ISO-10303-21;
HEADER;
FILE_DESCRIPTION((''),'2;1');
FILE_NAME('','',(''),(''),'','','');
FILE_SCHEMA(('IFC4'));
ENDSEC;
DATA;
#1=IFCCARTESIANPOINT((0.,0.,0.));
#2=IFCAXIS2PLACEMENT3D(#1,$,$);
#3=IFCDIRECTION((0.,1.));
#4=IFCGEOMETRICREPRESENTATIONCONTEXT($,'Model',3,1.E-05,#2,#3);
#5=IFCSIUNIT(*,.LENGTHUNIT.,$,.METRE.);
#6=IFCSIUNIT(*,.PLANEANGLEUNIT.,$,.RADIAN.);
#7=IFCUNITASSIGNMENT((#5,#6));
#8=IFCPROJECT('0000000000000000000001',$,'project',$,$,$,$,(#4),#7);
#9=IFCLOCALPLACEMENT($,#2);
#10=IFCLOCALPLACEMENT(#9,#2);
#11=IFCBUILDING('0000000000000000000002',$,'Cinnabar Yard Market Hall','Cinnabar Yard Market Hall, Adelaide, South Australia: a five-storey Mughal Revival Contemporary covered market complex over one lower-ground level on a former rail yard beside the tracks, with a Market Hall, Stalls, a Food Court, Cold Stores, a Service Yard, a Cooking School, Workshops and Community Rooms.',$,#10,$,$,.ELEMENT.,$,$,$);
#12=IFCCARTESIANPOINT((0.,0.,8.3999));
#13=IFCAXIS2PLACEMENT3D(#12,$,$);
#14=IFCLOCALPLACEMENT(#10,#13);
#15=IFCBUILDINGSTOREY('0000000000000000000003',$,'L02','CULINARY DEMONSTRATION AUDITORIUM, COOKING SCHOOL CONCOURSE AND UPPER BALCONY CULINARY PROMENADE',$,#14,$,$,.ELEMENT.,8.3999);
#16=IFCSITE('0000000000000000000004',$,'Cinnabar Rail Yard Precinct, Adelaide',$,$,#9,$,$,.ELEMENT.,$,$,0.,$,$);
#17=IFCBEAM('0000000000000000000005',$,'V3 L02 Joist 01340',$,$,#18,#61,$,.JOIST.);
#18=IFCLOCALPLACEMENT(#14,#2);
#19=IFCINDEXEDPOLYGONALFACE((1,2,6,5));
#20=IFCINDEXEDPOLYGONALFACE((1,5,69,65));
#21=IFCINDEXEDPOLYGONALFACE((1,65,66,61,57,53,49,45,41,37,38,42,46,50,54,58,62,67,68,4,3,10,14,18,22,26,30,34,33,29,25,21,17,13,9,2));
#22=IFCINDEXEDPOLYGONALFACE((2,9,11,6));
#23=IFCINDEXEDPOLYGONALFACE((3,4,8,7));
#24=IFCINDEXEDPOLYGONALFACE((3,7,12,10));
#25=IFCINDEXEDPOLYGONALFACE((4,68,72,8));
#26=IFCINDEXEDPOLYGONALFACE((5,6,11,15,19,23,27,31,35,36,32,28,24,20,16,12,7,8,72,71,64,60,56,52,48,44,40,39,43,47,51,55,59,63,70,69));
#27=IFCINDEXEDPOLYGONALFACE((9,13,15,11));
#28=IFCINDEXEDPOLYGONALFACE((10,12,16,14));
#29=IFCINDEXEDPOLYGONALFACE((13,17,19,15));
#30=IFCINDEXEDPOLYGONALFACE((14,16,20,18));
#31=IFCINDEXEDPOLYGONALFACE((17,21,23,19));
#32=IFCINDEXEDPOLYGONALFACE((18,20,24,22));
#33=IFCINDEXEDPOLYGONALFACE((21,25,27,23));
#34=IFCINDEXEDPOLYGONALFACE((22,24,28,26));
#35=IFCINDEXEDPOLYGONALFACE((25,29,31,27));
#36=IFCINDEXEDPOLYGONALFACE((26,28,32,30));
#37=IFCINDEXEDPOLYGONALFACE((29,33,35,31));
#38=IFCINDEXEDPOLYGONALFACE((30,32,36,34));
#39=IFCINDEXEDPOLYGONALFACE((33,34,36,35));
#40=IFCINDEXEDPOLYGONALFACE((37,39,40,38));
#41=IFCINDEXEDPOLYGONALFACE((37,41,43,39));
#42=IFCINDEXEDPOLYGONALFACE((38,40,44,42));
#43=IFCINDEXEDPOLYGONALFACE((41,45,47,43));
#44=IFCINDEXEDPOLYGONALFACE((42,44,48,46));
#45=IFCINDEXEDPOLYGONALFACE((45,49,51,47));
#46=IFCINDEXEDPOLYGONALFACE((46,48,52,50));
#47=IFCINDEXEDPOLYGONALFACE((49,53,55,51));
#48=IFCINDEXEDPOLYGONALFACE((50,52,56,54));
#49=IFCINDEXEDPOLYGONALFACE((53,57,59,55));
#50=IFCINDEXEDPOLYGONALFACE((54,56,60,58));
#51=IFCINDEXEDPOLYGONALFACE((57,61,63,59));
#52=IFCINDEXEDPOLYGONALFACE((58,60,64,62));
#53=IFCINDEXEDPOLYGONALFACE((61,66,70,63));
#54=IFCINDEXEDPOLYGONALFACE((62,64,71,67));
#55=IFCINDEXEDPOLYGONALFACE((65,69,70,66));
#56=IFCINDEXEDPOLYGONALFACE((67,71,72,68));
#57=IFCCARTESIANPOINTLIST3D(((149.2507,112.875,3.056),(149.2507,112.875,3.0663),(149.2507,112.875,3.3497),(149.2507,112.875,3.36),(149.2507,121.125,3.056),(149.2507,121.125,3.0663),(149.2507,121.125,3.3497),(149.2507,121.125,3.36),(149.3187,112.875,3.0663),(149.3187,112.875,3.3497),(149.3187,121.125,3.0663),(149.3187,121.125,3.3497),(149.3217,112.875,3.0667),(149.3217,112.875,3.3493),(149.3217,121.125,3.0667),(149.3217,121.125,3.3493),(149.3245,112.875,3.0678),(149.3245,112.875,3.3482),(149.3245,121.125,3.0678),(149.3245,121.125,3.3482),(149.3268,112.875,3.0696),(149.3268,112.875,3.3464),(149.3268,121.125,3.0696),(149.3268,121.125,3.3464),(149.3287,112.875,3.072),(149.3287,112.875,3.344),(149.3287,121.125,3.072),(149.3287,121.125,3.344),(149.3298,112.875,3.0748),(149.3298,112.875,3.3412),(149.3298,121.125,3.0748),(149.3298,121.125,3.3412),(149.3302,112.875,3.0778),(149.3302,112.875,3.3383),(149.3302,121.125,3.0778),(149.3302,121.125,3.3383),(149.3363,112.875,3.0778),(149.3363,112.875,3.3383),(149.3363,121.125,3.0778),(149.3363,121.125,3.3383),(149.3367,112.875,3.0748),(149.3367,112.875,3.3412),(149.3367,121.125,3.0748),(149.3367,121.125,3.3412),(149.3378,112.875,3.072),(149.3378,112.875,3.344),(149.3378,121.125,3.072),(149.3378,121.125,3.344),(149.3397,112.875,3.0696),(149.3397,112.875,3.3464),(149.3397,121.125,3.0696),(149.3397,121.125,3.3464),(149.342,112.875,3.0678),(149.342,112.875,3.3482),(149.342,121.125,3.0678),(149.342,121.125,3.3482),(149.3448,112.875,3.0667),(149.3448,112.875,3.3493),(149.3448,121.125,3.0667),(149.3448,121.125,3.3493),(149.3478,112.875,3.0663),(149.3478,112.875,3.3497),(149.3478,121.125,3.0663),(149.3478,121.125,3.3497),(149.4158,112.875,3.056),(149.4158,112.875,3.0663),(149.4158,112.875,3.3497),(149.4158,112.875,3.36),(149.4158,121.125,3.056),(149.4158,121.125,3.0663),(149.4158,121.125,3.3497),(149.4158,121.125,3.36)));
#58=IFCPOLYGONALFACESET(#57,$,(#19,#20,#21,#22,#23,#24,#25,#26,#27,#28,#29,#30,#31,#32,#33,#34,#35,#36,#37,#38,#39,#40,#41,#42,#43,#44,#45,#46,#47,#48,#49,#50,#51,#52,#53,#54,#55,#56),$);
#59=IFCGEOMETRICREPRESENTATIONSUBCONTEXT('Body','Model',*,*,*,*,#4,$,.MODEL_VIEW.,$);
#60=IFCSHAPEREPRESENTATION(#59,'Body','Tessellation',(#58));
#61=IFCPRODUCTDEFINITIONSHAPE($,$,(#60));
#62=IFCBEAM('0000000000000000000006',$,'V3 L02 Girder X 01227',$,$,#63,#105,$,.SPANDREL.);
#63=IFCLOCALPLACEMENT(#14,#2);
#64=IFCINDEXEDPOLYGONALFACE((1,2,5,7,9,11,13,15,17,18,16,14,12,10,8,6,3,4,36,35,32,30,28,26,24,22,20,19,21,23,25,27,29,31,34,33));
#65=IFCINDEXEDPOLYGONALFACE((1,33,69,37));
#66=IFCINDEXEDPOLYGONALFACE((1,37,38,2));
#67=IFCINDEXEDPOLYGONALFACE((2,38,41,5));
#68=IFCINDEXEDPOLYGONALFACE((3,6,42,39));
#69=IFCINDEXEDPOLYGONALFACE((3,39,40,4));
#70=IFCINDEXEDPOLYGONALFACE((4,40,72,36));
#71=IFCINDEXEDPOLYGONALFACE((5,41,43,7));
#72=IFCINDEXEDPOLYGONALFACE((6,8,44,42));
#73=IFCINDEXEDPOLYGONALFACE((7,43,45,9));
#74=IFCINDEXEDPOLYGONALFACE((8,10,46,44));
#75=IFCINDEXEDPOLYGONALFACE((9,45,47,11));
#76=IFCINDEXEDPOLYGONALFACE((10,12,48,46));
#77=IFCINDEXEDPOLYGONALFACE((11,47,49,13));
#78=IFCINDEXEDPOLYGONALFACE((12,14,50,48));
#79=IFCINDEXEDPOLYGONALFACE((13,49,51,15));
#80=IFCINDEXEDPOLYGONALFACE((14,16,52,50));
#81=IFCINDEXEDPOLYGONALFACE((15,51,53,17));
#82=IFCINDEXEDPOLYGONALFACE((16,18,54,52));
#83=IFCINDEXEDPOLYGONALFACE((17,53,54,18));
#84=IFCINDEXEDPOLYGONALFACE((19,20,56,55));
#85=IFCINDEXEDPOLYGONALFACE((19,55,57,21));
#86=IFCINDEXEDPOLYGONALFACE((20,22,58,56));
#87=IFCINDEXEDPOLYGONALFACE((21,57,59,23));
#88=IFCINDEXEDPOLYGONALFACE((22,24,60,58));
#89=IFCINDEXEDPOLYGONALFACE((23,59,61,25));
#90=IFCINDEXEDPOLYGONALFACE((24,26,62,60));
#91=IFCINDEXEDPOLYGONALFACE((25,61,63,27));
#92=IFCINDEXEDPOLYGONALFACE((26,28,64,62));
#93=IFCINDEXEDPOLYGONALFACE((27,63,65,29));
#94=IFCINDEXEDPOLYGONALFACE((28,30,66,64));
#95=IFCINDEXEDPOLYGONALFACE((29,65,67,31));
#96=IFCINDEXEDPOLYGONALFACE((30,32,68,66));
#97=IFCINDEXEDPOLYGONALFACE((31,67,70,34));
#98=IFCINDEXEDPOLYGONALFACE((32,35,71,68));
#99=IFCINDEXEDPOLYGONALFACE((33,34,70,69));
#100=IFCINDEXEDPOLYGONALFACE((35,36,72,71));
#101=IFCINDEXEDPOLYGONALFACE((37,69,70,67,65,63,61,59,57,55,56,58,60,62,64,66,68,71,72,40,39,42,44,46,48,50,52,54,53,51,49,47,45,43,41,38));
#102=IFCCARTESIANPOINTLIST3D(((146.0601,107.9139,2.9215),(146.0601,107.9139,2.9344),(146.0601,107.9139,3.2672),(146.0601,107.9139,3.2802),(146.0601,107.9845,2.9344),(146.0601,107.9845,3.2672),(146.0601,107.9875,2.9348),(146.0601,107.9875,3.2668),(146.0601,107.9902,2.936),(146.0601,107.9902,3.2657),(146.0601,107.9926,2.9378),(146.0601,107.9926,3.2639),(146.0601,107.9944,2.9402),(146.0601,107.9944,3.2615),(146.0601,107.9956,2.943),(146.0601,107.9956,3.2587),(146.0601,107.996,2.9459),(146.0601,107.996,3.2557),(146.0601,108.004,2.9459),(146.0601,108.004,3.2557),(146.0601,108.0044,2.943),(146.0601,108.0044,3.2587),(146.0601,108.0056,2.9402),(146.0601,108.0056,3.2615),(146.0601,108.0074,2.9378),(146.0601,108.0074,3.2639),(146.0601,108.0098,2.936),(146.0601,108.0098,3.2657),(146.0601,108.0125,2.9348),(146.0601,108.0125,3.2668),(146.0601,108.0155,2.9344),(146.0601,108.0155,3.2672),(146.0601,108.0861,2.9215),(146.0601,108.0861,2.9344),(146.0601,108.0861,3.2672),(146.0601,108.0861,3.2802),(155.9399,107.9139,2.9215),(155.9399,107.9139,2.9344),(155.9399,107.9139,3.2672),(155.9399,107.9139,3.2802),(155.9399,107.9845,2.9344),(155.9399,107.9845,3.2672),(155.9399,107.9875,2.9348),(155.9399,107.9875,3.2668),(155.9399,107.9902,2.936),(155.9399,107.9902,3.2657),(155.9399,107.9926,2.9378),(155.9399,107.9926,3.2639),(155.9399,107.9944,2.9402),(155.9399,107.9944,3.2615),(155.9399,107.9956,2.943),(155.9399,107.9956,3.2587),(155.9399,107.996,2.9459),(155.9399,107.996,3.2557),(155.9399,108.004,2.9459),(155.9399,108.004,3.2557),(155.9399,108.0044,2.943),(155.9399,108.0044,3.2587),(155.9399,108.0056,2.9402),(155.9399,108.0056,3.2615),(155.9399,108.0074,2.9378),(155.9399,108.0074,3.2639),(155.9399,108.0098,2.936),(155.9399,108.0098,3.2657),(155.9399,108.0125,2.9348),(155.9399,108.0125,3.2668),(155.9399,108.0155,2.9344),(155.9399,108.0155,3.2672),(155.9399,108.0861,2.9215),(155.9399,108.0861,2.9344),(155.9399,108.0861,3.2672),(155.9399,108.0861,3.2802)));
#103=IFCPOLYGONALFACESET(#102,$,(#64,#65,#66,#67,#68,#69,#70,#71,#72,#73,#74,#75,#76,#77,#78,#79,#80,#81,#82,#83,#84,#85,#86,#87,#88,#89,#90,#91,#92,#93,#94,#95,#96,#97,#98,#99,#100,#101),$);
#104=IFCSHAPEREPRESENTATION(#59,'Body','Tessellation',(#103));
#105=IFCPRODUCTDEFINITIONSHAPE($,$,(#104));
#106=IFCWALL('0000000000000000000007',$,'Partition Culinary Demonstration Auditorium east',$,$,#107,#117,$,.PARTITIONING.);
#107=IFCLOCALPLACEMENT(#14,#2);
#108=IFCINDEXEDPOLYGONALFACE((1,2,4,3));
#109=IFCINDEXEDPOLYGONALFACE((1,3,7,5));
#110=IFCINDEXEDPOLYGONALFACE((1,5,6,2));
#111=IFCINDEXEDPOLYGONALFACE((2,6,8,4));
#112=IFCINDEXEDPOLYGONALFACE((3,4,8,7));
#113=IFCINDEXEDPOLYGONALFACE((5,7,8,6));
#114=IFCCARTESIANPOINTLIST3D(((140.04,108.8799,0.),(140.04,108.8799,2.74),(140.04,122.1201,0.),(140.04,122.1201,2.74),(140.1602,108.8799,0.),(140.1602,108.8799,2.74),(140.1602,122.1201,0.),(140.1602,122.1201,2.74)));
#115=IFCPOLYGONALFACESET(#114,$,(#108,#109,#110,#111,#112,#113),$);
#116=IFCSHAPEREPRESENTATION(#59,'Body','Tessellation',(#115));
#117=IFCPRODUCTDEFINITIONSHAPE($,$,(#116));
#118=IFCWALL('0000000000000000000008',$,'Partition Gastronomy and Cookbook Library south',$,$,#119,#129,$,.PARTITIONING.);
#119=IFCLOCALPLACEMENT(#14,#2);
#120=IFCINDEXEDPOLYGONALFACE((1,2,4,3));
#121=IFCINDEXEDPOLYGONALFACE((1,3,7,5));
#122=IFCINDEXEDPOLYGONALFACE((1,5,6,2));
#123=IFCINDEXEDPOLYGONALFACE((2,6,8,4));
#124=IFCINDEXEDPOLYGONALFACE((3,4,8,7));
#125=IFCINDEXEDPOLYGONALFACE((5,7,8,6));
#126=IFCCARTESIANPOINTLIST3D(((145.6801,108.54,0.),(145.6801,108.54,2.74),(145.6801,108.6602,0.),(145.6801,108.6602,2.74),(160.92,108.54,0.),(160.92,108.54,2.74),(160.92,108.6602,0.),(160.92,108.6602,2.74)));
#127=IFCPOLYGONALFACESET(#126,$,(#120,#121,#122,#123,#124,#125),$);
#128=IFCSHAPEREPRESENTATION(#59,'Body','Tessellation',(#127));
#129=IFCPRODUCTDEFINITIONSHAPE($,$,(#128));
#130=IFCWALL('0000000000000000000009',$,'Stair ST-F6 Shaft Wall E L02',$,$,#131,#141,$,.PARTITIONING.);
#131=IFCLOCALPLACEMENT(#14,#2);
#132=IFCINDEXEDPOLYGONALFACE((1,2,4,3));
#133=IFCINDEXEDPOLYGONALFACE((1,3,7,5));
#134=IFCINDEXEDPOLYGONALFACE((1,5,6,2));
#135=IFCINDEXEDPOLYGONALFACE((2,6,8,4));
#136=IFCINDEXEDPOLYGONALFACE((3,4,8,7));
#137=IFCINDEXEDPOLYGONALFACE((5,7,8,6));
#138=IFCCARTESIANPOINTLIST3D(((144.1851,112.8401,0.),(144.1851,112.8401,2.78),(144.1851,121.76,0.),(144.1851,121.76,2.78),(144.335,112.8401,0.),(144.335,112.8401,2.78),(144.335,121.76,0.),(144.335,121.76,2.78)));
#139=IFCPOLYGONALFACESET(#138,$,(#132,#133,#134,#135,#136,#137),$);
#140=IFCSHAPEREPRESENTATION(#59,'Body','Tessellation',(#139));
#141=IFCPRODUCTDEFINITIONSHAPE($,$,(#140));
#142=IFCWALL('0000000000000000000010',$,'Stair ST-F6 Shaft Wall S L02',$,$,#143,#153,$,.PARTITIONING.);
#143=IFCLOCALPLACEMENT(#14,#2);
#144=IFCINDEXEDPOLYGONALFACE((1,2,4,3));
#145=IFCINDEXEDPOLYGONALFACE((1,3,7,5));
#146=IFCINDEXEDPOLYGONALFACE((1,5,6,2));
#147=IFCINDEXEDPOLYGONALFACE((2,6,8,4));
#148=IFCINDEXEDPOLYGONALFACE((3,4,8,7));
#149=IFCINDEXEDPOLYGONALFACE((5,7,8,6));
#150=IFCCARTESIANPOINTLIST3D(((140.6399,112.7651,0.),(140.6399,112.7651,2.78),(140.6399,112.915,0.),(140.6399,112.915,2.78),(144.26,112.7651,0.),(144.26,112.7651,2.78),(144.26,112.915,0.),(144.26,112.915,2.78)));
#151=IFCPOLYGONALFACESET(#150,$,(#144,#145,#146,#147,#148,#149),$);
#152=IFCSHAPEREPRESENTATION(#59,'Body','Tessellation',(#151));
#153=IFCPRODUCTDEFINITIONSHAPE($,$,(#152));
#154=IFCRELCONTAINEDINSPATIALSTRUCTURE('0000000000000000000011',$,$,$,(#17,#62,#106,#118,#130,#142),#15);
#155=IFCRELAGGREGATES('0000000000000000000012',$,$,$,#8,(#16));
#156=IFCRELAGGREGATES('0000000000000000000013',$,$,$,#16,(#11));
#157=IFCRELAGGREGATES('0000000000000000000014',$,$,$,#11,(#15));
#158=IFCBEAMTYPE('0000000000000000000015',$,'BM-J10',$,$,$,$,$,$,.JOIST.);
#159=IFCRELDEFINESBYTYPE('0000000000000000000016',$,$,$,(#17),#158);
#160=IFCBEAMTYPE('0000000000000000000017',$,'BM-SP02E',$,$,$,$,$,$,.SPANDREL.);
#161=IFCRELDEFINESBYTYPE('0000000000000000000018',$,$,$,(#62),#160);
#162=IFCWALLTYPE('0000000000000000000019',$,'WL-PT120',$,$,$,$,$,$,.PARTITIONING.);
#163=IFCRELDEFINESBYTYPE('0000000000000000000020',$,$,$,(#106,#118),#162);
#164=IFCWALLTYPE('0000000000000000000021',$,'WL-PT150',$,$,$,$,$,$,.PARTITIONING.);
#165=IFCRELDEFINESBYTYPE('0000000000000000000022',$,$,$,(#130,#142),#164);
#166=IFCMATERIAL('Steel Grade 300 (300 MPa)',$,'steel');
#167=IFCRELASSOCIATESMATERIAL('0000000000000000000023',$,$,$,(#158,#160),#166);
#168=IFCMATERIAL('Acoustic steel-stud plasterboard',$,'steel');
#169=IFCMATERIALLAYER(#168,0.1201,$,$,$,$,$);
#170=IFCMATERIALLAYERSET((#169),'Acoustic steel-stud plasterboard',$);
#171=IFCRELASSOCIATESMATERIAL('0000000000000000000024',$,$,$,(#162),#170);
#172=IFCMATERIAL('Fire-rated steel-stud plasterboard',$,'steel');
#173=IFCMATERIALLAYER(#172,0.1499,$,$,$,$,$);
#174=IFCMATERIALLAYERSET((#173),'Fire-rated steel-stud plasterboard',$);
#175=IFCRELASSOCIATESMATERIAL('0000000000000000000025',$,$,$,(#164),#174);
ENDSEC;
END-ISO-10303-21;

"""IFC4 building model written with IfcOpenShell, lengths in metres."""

from ifc_helpers import new_model, si_unit, direction, frame, frame_2d, origin, origin_2d_with_axis, place, context, subcontext, project, spatial, rectangle, i_section, extrude, material, layer, layer_set, material_profile, profile_set, type_object, element, save


model = new_model("IFC4")

# Units and contexts
model_context = context("Model", 3, precision=1e-05, world=origin(), true_north=direction((0.0, 1.0)))
body_context = subcontext(model_context, "Body", "Model", "MODEL_VIEW")
ifc_project = project(units=[si_unit("LENGTHUNIT", "METRE"), si_unit("PLANEANGLEUNIT", "RADIAN")], contexts=[model_context])

# Site, building, storey
site_placement = place(None, origin())
site = spatial("IfcSite", under=ifc_project, at=site_placement, Name="Cinnabar Rail Yard Precinct, Adelaide", CompositionType="ELEMENT", RefElevation=0.0)
building_placement = place(site_placement, origin())
building = spatial("IfcBuilding", under=site, at=building_placement, Name="Cinnabar Yard Market Hall", Description="Cinnabar Yard Market Hall, Adelaide, South Australia: a five-storey Mughal Revival Contemporary covered market complex over one lower-ground level on a former rail yard beside the tracks, with a Market Hall, Stalls, a Food Court, Cold Stores, a Service Yard, a Cooking School, Workshops and Community Rooms.", CompositionType="ELEMENT")
storey_placement = place(building_placement, frame((0.0, 0.0, 8.3999)))
storey = spatial("IfcBuildingStorey", under=building, at=storey_placement, Name="L02", Description="CULINARY DEMONSTRATION AUDITORIUM, COOKING SCHOOL CONCOURSE AND UPPER BALCONY CULINARY PROMENADE", CompositionType="ELEMENT", Elevation=8.3999)

# Shared definitions
ifc_material_1 = material(Name="Steel Grade 300 (300 MPa)", Category="steel")

# Beams
ifc_material_profile_1 = material_profile(ifc_material_1, i_section(OverallWidth=0.165, OverallDepth=0.304, WebThickness=0.0061, FlangeThickness=0.0103, FilletRadius=0.0115, at=origin_2d_with_axis()), Name="310UB40.4")
ifc_profile_set_1 = profile_set([ifc_material_profile_1], Name="Steel Grade 300 (300 MPa)")
beam_type_1 = type_object("IfcBeamType", Name="BM-J10", PredefinedType="JOIST", material=ifc_profile_set_1)
beam_1_placement = place(storey_placement, frame((149.3333, 112.875, 3.208), z_axis=(0.0, 1.0, 0.0), x_axis=(-1.0, 0.0, 0.0)))
element("IfcBeam", 1, at=beam_1_placement, inside=storey, type_object=beam_type_1, Name="V3 L02 Joist 01340", PredefinedType="JOIST", context=body_context, shape_type="SweptSolid", body=[
    extrude(i_section(OverallWidth=0.165, OverallDepth=0.304, WebThickness=0.0061, FlangeThickness=0.0103, FilletRadius=0.0115, at=origin_2d_with_axis()), origin(), (0.0, 0.0, 1.0), 8.25),
])
ifc_material_profile_2 = material_profile(ifc_material_1, i_section(OverallWidth=0.1721, OverallDepth=0.3586, WebThickness=0.0081, FlangeThickness=0.0129, FilletRadius=0.0115, at=origin_2d_with_axis()), Name="360UB56.7")
ifc_profile_set_2 = profile_set([ifc_material_profile_2], Name="Steel Grade 300 (300 MPa)")
beam_type_2 = type_object("IfcBeamType", Name="BM-SP02E", PredefinedType="SPANDREL", material=ifc_profile_set_2)
beam_2_placement = place(storey_placement, frame((146.0601, 108.0, 3.1008), z_axis=(1.0, 0.0, 0.0), x_axis=(0.0, 1.0, 0.0)))
element("IfcBeam", 2, at=beam_2_placement, inside=storey, type_object=beam_type_2, Name="V3 L02 Girder X 01227", PredefinedType="SPANDREL", context=body_context, shape_type="SweptSolid", body=[
    extrude(i_section(OverallWidth=0.1721, OverallDepth=0.3586, WebThickness=0.0081, FlangeThickness=0.0129, FilletRadius=0.0115, at=origin_2d_with_axis()), origin(), (0.0, 0.0, 1.0), 9.8799),
])

# Walls
ifc_material_2 = material(Name="Acoustic steel-stud plasterboard", Category="steel")
ifc_layer_1 = layer(ifc_material_2, 0.1201)
ifc_layer_set_1 = layer_set([ifc_layer_1], Name="Acoustic steel-stud plasterboard")
wall_type_1 = type_object("IfcWallType", Name="WL-PT120", PredefinedType="PARTITIONING", material=ifc_layer_set_1)
wall_1_placement = place(storey_placement, frame((140.1001, 108.8799, 0.0), z_axis=(0.0, 0.0, 1.0), x_axis=(0.0, 1.0, 0.0)))
element("IfcWall", 3, at=wall_1_placement, inside=storey, type_object=wall_type_1, Name="Partition Culinary Demonstration Auditorium east", PredefinedType="PARTITIONING", context=body_context, shape_type="SweptSolid", body=[
    extrude(rectangle(XDim=13.2402, YDim=0.1201, at=frame_2d((6.6201, 0.0), x_axis=(1.0, 0.0))), origin(), (0.0, 0.0, 1.0), 2.74),
])
wall_2_placement = place(storey_placement, frame((145.6799, 108.6001, 0.0), z_axis=(0.0, 0.0, 1.0), x_axis=(1.0, 0.0, 0.0)))
element("IfcWall", 4, at=wall_2_placement, inside=storey, type_object=wall_type_1, Name="Partition Gastronomy and Cookbook Library south", PredefinedType="PARTITIONING", context=body_context, shape_type="SweptSolid", body=[
    extrude(rectangle(XDim=15.24, YDim=0.1201, at=frame_2d((7.6201, 0.0), x_axis=(1.0, 0.0))), origin(), (0.0, 0.0, 1.0), 2.74),
])
ifc_material_3 = material(Name="Fire-rated steel-stud plasterboard", Category="steel")
ifc_layer_2 = layer(ifc_material_3, 0.1499)
ifc_layer_set_2 = layer_set([ifc_layer_2], Name="Fire-rated steel-stud plasterboard")
wall_type_2 = type_object("IfcWallType", Name="WL-PT150", PredefinedType="PARTITIONING", material=ifc_layer_set_2)
wall_3_placement = place(storey_placement, frame((144.26, 112.8401, 0.0), z_axis=(0.0, 0.0, 1.0), x_axis=(0.0, 1.0, 0.0)))
element("IfcWall", 5, at=wall_3_placement, inside=storey, type_object=wall_type_2, Name="Stair ST-F6 Shaft Wall E L02", PredefinedType="PARTITIONING", context=body_context, shape_type="SweptSolid", body=[
    extrude(rectangle(XDim=8.9199, YDim=0.1499, at=frame_2d((4.46, 0.0), x_axis=(1.0, 0.0))), origin(), (0.0, 0.0, 1.0), 2.78),
])
wall_4_placement = place(storey_placement, frame((140.6399, 112.8401, 0.0), z_axis=(0.0, 0.0, 1.0), x_axis=(1.0, 0.0, 0.0)))
element("IfcWall", 6, at=wall_4_placement, inside=storey, type_object=wall_type_2, Name="Stair ST-F6 Shaft Wall S L02", PredefinedType="PARTITIONING", context=body_context, shape_type="SweptSolid", body=[
    extrude(rectangle(XDim=3.6201, YDim=0.1499, at=frame_2d((1.8101, 0.0), x_axis=(1.0, 0.0))), origin(), (0.0, 0.0, 1.0), 2.78),
])

save(model, "model.ifc")
